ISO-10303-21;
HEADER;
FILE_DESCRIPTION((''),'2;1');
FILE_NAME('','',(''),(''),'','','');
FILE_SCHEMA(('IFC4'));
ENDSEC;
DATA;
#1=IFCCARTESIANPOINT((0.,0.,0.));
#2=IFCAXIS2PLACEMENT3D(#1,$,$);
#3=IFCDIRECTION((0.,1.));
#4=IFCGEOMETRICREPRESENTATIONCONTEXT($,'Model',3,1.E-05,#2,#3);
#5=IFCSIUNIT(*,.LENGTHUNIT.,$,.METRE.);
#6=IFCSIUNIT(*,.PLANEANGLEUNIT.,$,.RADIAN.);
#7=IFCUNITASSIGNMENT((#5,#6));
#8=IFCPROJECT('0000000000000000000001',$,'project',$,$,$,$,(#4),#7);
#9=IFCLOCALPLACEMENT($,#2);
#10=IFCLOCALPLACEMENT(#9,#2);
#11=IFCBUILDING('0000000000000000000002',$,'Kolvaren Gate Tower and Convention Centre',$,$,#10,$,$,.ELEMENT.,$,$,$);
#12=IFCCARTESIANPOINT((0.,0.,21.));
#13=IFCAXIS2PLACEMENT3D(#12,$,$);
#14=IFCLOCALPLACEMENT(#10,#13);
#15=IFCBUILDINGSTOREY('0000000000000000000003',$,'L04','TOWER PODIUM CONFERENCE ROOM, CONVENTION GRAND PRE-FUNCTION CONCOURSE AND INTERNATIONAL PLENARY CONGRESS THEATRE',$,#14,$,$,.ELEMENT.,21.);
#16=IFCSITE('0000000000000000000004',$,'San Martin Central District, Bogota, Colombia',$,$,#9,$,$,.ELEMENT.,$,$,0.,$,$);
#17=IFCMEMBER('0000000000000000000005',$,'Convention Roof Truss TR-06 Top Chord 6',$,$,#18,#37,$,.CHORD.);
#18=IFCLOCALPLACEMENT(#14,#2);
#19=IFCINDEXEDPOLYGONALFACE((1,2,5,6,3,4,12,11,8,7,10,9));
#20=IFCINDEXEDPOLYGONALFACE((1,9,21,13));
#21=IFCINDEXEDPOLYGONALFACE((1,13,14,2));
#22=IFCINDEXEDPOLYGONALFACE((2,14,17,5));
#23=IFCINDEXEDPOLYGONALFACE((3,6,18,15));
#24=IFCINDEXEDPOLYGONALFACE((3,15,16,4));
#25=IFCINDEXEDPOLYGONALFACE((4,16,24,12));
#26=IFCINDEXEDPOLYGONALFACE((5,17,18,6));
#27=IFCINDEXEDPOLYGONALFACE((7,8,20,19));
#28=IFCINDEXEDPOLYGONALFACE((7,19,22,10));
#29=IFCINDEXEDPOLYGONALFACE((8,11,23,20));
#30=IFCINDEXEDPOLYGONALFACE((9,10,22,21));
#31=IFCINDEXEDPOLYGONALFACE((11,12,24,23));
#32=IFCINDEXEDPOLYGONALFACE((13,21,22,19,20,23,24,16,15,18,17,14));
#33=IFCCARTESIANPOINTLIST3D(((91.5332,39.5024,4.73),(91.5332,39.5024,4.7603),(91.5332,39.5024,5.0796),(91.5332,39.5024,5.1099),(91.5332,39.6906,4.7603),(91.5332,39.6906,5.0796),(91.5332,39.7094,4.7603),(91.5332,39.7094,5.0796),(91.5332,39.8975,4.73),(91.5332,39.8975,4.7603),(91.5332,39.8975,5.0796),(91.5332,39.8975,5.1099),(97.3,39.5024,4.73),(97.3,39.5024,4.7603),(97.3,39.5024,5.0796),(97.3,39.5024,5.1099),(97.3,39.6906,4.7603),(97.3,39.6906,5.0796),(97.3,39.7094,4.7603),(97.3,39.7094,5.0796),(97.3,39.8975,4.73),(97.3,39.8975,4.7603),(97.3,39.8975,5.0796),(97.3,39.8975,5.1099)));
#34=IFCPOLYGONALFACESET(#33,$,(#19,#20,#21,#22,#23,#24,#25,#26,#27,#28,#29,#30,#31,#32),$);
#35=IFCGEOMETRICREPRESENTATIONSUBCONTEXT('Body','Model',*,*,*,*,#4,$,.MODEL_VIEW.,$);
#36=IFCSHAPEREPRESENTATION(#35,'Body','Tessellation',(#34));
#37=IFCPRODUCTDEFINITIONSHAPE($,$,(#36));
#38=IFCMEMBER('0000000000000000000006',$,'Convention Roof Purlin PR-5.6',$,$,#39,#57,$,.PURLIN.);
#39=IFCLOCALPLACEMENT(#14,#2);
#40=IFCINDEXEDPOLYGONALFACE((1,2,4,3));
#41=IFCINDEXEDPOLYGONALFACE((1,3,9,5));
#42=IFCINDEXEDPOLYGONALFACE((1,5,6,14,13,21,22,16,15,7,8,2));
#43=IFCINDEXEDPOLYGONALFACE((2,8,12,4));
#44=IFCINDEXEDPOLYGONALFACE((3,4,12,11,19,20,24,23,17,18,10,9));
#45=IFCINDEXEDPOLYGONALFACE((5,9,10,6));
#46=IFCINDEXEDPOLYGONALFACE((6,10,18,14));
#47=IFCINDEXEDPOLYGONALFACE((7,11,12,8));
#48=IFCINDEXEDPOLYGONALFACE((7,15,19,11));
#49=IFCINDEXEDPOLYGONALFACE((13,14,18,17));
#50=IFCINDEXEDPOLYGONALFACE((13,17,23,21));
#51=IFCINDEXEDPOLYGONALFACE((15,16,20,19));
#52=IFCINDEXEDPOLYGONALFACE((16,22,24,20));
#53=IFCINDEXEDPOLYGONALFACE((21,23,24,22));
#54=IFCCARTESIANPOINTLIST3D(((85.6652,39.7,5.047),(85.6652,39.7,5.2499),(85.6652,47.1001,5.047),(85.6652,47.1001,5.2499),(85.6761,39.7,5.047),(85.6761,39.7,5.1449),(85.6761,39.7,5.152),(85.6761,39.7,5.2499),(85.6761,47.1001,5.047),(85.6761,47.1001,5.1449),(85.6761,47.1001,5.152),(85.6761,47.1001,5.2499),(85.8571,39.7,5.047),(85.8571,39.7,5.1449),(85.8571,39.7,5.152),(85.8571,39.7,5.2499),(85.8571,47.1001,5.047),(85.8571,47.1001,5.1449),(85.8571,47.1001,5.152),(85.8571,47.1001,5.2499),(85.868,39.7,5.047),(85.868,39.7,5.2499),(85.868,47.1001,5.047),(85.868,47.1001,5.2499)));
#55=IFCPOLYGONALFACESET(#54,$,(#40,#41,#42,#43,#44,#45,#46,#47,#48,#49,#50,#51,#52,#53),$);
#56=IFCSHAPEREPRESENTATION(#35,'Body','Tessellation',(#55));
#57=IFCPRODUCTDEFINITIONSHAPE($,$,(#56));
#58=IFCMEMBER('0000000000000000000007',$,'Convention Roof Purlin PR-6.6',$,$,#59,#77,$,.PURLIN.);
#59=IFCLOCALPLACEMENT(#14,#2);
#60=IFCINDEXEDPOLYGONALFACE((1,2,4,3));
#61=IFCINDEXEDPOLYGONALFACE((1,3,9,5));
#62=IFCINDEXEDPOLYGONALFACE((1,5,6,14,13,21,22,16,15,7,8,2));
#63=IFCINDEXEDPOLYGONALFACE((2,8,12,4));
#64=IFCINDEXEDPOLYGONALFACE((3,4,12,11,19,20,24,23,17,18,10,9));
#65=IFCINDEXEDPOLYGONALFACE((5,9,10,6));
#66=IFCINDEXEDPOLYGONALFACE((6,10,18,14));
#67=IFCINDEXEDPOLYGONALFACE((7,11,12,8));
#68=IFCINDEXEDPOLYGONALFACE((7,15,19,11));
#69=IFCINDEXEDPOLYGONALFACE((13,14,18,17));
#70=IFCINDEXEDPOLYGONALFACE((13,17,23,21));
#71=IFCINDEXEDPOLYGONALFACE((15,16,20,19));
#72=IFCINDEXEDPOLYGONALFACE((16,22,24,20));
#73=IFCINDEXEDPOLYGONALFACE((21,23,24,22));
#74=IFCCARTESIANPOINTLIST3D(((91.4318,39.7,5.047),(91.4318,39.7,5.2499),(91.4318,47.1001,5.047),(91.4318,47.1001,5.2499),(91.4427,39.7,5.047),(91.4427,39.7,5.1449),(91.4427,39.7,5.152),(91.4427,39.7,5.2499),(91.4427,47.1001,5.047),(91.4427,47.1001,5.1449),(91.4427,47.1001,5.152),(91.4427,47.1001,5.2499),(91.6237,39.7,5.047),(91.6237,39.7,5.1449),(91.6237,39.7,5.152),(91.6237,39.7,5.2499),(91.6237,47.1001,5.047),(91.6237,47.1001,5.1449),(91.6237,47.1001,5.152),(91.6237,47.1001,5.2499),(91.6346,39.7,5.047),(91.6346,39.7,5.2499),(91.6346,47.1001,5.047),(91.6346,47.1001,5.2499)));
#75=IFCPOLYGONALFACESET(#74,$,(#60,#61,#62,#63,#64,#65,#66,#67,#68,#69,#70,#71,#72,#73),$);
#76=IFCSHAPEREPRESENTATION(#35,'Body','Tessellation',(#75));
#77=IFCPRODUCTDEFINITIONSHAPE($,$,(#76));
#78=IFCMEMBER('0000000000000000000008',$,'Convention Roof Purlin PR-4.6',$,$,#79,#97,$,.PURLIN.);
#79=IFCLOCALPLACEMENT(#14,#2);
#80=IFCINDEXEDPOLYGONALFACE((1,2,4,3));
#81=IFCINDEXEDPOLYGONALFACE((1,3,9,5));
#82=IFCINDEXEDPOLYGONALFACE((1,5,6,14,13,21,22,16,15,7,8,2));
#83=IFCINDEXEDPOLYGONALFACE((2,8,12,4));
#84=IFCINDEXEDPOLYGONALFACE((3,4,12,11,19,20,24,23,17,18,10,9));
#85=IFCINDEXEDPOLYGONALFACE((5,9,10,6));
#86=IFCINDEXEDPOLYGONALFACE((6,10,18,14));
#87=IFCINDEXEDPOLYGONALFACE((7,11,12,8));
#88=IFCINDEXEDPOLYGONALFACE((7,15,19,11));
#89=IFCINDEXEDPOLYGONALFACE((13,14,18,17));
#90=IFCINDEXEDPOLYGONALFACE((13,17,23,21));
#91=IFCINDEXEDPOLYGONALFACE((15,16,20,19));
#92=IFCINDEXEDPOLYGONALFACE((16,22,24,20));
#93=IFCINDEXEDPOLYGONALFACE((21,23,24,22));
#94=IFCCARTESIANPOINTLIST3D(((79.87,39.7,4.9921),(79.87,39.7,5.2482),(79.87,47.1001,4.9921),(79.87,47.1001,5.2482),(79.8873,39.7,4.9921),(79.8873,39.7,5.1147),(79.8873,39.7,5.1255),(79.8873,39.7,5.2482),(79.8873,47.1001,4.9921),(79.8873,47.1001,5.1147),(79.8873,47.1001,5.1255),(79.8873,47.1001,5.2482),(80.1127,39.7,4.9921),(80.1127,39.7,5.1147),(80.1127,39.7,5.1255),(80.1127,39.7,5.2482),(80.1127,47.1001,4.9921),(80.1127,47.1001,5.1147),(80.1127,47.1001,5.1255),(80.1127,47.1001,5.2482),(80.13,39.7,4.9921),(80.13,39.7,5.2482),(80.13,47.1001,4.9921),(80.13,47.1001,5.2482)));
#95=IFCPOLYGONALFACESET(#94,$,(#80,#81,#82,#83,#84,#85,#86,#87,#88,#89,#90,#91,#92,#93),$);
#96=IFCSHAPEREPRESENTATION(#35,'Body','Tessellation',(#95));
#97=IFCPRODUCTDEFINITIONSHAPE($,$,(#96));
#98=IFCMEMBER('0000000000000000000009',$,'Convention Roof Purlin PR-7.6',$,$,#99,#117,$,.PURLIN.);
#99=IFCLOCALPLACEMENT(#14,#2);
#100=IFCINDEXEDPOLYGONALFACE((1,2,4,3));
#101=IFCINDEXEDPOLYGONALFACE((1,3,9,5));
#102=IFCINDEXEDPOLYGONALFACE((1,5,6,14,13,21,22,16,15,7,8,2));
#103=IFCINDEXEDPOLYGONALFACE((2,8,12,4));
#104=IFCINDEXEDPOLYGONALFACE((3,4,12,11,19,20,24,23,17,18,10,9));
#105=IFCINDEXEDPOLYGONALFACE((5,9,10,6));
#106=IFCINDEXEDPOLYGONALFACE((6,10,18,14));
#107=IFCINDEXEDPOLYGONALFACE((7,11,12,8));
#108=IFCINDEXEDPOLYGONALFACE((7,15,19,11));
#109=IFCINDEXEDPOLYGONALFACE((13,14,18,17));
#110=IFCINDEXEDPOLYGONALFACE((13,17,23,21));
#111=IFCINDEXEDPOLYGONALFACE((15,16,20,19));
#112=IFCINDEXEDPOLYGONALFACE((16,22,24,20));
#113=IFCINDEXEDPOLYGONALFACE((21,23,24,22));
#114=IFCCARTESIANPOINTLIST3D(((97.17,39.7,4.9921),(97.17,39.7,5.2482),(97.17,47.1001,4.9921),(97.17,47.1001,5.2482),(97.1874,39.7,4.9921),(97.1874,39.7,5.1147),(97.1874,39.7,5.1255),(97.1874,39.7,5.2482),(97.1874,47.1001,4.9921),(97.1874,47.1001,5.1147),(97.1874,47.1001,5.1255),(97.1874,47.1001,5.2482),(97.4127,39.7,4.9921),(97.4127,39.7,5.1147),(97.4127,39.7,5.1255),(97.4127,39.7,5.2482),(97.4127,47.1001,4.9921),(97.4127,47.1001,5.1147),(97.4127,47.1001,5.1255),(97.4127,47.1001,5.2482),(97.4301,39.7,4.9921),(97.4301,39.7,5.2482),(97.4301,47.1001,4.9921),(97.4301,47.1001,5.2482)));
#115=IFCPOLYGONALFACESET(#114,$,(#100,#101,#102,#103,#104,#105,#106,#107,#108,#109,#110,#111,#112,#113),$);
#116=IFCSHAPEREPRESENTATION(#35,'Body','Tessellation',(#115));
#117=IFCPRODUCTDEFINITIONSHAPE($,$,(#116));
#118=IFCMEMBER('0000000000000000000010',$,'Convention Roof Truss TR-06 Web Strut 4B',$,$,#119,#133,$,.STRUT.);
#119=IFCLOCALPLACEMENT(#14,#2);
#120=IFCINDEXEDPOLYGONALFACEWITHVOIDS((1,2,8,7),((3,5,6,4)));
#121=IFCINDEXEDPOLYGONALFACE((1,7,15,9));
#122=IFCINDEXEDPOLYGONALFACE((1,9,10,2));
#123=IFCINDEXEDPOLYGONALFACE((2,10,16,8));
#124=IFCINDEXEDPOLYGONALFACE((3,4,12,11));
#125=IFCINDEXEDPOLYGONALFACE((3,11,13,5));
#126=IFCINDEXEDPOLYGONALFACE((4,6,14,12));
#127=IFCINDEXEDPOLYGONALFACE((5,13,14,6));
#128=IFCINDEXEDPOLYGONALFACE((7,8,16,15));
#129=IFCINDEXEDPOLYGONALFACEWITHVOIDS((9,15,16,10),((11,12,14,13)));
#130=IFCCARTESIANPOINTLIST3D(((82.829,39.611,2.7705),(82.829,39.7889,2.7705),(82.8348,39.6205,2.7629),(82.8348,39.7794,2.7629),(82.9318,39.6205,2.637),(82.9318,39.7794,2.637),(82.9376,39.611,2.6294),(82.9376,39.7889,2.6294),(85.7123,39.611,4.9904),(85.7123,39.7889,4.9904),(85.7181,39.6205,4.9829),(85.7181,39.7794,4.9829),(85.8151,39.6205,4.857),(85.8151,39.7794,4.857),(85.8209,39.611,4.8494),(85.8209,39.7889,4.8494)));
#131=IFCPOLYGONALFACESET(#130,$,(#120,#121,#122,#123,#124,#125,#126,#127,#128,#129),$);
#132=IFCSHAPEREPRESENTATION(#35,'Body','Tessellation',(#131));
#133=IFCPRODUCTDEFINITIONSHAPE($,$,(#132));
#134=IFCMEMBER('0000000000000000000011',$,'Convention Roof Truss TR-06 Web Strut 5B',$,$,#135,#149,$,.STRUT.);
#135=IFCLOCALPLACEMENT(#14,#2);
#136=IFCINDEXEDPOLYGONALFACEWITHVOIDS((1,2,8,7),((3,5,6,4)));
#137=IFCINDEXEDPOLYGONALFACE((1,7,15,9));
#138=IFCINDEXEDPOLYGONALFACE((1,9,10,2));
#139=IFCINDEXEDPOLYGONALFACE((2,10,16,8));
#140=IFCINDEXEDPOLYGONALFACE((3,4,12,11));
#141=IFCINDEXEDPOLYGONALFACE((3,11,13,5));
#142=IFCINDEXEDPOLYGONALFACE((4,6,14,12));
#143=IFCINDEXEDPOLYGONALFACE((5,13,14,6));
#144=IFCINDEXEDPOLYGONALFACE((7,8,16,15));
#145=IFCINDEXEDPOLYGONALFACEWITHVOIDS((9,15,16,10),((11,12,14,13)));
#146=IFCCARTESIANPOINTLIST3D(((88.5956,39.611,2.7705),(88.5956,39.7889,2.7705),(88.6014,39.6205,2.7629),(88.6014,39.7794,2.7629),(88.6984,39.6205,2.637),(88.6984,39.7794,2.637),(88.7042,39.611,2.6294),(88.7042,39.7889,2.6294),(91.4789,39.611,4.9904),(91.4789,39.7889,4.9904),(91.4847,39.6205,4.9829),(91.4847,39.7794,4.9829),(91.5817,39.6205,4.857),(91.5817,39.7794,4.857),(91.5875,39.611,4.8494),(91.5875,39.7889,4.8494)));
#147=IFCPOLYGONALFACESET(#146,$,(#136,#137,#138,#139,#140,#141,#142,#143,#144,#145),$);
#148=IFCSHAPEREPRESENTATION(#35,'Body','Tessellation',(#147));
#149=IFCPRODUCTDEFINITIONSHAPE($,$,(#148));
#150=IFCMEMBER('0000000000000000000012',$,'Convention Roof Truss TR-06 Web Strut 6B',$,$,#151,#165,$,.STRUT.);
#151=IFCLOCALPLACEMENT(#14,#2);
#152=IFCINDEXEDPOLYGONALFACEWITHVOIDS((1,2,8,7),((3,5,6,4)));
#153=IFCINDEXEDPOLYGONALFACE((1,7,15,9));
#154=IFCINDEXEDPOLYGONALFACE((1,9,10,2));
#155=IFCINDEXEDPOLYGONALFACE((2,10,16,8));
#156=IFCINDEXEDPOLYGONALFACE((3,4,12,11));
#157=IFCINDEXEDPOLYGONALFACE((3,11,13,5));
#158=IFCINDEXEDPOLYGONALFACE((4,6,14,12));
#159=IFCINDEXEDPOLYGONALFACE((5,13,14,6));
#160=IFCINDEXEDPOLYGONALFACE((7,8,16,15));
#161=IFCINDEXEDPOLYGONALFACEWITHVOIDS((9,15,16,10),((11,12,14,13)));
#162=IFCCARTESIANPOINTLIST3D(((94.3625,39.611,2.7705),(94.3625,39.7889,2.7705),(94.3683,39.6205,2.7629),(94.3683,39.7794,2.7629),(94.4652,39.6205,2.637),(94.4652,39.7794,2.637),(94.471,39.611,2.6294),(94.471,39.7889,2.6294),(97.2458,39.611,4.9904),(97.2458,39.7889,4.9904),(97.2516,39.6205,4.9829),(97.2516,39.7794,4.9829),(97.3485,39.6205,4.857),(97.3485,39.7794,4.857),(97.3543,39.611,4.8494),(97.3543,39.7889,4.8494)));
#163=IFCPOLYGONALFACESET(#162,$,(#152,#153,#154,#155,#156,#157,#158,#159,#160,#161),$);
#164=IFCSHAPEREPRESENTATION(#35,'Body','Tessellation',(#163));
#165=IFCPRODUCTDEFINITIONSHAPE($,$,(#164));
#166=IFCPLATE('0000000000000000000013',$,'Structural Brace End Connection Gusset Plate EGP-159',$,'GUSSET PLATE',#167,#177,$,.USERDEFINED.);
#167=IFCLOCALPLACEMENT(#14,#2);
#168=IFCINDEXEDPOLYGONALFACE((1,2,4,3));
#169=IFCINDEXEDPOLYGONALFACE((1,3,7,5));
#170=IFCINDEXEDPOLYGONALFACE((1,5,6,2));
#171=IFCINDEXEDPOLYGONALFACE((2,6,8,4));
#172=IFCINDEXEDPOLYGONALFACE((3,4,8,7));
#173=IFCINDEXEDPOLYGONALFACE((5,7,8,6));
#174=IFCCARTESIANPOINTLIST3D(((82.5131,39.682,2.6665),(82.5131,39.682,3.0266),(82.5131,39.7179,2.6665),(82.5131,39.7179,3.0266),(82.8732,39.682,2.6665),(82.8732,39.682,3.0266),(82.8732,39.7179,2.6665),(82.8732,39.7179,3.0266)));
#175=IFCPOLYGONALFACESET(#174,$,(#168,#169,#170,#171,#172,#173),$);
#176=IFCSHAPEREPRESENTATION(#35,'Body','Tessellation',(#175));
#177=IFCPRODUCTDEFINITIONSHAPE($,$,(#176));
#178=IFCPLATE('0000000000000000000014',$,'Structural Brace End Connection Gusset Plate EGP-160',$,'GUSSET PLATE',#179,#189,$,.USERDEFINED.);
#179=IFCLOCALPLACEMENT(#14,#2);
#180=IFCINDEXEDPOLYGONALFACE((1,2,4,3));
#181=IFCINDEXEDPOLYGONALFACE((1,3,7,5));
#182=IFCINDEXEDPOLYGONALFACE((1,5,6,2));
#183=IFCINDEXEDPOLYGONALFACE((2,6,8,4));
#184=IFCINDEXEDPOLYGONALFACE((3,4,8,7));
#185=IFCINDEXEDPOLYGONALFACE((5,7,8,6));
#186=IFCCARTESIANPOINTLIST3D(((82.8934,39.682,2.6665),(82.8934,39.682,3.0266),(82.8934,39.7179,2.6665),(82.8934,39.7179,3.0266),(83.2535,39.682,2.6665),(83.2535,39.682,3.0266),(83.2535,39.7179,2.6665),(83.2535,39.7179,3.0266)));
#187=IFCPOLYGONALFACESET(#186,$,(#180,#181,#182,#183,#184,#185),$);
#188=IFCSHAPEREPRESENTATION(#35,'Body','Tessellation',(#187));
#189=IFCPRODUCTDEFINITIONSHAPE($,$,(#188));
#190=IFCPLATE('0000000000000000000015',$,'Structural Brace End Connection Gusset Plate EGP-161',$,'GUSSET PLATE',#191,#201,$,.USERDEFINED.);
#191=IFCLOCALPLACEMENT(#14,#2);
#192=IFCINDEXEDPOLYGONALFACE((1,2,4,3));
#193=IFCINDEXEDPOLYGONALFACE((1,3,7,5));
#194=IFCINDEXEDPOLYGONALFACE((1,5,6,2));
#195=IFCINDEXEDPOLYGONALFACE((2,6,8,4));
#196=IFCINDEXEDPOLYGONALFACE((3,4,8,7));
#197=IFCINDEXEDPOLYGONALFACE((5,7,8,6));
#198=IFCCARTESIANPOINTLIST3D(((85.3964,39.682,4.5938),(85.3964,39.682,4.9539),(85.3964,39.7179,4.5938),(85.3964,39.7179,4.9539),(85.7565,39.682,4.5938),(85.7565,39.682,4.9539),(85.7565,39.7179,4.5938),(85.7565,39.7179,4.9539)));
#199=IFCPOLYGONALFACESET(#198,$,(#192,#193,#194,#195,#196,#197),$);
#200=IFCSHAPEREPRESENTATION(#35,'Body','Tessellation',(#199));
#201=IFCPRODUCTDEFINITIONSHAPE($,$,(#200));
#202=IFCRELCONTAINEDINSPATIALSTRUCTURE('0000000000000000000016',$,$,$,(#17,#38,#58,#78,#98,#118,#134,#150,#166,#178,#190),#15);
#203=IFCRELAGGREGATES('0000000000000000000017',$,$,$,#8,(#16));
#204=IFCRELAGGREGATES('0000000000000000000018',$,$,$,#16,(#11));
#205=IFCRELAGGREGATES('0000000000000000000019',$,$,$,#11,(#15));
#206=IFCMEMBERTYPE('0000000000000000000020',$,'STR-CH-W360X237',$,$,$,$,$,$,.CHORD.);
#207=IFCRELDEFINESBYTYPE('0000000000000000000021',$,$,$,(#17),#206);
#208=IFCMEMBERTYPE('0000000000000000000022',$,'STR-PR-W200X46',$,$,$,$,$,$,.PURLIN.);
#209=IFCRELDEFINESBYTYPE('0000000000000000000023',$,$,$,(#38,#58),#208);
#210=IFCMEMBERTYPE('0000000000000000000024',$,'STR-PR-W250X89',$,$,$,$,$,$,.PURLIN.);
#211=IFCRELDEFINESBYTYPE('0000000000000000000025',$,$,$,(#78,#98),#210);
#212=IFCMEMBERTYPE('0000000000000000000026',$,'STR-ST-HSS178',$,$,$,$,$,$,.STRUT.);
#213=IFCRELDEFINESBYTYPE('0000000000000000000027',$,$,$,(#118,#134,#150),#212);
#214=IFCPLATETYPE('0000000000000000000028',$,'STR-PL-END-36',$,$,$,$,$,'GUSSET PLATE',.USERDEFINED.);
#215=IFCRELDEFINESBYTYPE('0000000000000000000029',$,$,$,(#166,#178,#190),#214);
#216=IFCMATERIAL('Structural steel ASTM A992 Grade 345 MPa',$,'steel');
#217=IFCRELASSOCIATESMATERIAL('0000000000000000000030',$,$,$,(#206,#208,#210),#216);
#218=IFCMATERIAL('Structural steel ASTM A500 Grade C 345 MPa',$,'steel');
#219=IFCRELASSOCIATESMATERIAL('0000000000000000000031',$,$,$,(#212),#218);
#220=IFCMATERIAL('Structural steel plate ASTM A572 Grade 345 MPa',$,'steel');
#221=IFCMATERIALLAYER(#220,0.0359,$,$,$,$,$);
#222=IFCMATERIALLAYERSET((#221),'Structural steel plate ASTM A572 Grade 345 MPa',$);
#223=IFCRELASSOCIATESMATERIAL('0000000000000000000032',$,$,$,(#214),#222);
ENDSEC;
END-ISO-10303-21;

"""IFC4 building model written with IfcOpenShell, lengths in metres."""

from ifc_helpers import new_model, si_unit, direction, frame, origin, origin_2d, place, context, subcontext, project, spatial, rectangle, hollow_rectangle, i_section, extrude, material, layer, layer_set, material_profile, profile_set, type_object, element, save


model = new_model("IFC4")

# Units and contexts
model_context = context("Model", 3, precision=1e-05, world=origin(), true_north=direction((0.0, 1.0)))
body_context = subcontext(model_context, "Body", "Model", "MODEL_VIEW")
ifc_project = project(units=[si_unit("LENGTHUNIT", "METRE"), si_unit("PLANEANGLEUNIT", "RADIAN")], contexts=[model_context])

# Site, building, storey
site_placement = place(None, origin())
site = spatial("IfcSite", under=ifc_project, at=site_placement, Name="San Martin Central District, Bogota, Colombia", CompositionType="ELEMENT", RefElevation=0.0)
building_placement = place(site_placement, origin())
building = spatial("IfcBuilding", under=site, at=building_placement, Name="Kolvaren Gate Tower and Convention Centre", CompositionType="ELEMENT")
storey_placement = place(building_placement, frame((0.0, 0.0, 21.0)))
storey = spatial("IfcBuildingStorey", under=building, at=storey_placement, Name="L04", Description="TOWER PODIUM CONFERENCE ROOM, CONVENTION GRAND PRE-FUNCTION CONCOURSE AND INTERNATIONAL PLENARY CONGRESS THEATRE", CompositionType="ELEMENT", Elevation=21.0)

# Shared definitions
ifc_material_1 = material(Name="Structural steel ASTM A992 Grade 345 MPa", Category="steel")

# Members
ifc_material_2 = material(Name="Structural steel ASTM A500 Grade C 345 MPa", Category="steel")
ifc_material_profile_1 = material_profile(ifc_material_1, i_section(OverallWidth=0.395, OverallDepth=0.3799, WebThickness=0.0188, FlangeThickness=0.0303, at=origin_2d()), Name="W360X237")
ifc_profile_set_1 = profile_set([ifc_material_profile_1], Name="Structural steel ASTM A992 Grade 345 MPa")
member_type_1 = type_object("IfcMemberType", Name="STR-CH-W360X237", PredefinedType="CHORD", material=ifc_profile_set_1)
member_1_placement = place(storey_placement, frame((91.5332, 39.7, 4.9199), z_axis=(1.0, 0.0, 0.0), x_axis=(0.0, 1.0, 0.0)))
element("IfcMember", 1, at=member_1_placement, inside=storey, type_object=member_type_1, Name="Convention Roof Truss TR-06 Top Chord 6", PredefinedType="CHORD", context=body_context, shape_type="SweptSolid", body=[
    extrude(i_section(OverallWidth=0.395, OverallDepth=0.3799, WebThickness=0.0188, FlangeThickness=0.0303, at=origin_2d()), origin(), (0.0, 0.0, 1.0), 5.7668),
])
ifc_material_profile_2 = material_profile(ifc_material_1, i_section(OverallWidth=0.2029, OverallDepth=0.2029, WebThickness=0.0071, FlangeThickness=0.011, at=origin_2d()), Name="W200X46")
ifc_profile_set_2 = profile_set([ifc_material_profile_2], Name="Structural steel ASTM A992 Grade 345 MPa")
member_type_2 = type_object("IfcMemberType", Name="STR-PR-W200X46", PredefinedType="PURLIN", material=ifc_profile_set_2)
for number, where, z_axis, x_axis, name in (
    (2, (85.7666, 39.7, 5.1484), (0.0, 1.0, 0.0), (0.0, 0.0, 1.0), "Convention Roof Purlin PR-5.6"),
    (3, (91.5332, 39.7, 5.1484), (0.0, 1.0, 0.0), (0.0, 0.0, 1.0), "Convention Roof Purlin PR-6.6"),
):
    element("IfcMember", number, at=place(storey_placement, frame(where, z_axis=z_axis, x_axis=x_axis)), inside=storey, type_object=member_type_2, Name=name, PredefinedType="PURLIN", context=body_context, shape_type="SweptSolid", body=[
        extrude(i_section(OverallWidth=0.2029, OverallDepth=0.2029, WebThickness=0.0071, FlangeThickness=0.011, at=origin_2d()), origin(), (0.0, 0.0, 1.0), 7.4001),
    ])
ifc_material_profile_3 = material_profile(ifc_material_1, i_section(OverallWidth=0.2561, OverallDepth=0.26, WebThickness=0.0107, FlangeThickness=0.0173, at=origin_2d()), Name="W250X89")
ifc_profile_set_3 = profile_set([ifc_material_profile_3], Name="Structural steel ASTM A992 Grade 345 MPa")
member_type_3 = type_object("IfcMemberType", Name="STR-PR-W250X89", PredefinedType="PURLIN", material=ifc_profile_set_3)
for number, where, z_axis, x_axis, name in (
    (4, (80.0, 39.7, 5.1201), (0.0, 1.0, 0.0), (0.0, 0.0, 1.0), "Convention Roof Purlin PR-4.6"),
    (5, (97.3, 39.7, 5.1201), (0.0, 1.0, 0.0), (0.0, 0.0, 1.0), "Convention Roof Purlin PR-7.6"),
):
    element("IfcMember", number, at=place(storey_placement, frame(where, z_axis=z_axis, x_axis=x_axis)), inside=storey, type_object=member_type_3, Name=name, PredefinedType="PURLIN", context=body_context, shape_type="SweptSolid", body=[
        extrude(i_section(OverallWidth=0.2561, OverallDepth=0.26, WebThickness=0.0107, FlangeThickness=0.0173, at=origin_2d()), origin(), (0.0, 0.0, 1.0), 7.4001),
    ])
ifc_material_profile_4 = material_profile(ifc_material_2, hollow_rectangle(XDim=0.178, YDim=0.178, WallThickness=0.0095, at=origin_2d()), Name="HSS178X178X9.5")
ifc_profile_set_4 = profile_set([ifc_material_profile_4], Name="Structural steel ASTM A500 Grade C 345 MPa")
member_type_4 = type_object("IfcMemberType", Name="STR-ST-HSS178", PredefinedType="STRUT", material=ifc_profile_set_4)
for number, where, z_axis, x_axis, name in (
    (6, (82.8833, 39.7, 2.7), (0.792352, 0.0, 0.610064), (0.0, 1.0, 0.0), "Convention Roof Truss TR-06 Web Strut 4B"),
    (7, (88.6499, 39.7, 2.7), (0.792352, 0.0, 0.610064), (0.0, 1.0, 0.0), "Convention Roof Truss TR-06 Web Strut 5B"),
    (8, (94.4167, 39.7, 2.7), (0.792352, 0.0, 0.610064), (0.0, 1.0, 0.0), "Convention Roof Truss TR-06 Web Strut 6B"),
):
    element("IfcMember", number, at=place(storey_placement, frame(where, z_axis=z_axis, x_axis=x_axis)), inside=storey, type_object=member_type_4, Name=name, PredefinedType="STRUT", context=body_context, shape_type="SweptSolid", body=[
        extrude(hollow_rectangle(XDim=0.178, YDim=0.178, WallThickness=0.0095, at=origin_2d()), origin(), (0.0, 0.0, 1.0), 3.6389),
    ])

# Plates
ifc_material_3 = material(Name="Structural steel plate ASTM A572 Grade 345 MPa", Category="steel")
ifc_layer_1 = layer(ifc_material_3, 0.0359)
ifc_layer_set_1 = layer_set([ifc_layer_1], Name="Structural steel plate ASTM A572 Grade 345 MPa")
plate_type_1 = type_object("IfcPlateType", Name="STR-PL-END-36", ElementType="GUSSET PLATE", PredefinedType="USERDEFINED", material=ifc_layer_set_1)
for number, where, z_axis, x_axis, name in (
    (9, (82.6931, 39.7, 2.6665), (0.0, 0.0, 1.0), (1.0, 0.0, 0.0), "Structural Brace End Connection Gusset Plate EGP-159"),
    (10, (83.0735, 39.7, 2.6665), (0.0, 0.0, 1.0), (1.0, 0.0, 0.0), "Structural Brace End Connection Gusset Plate EGP-160"),
    (11, (85.5764, 39.7, 4.5938), (0.0, 0.0, 1.0), (1.0, 0.0, 0.0), "Structural Brace End Connection Gusset Plate EGP-161"),
):
    element("IfcPlate", number, at=place(storey_placement, frame(where, z_axis=z_axis, x_axis=x_axis)), inside=storey, type_object=plate_type_1, Name=name, ObjectType="GUSSET PLATE", PredefinedType="USERDEFINED", context=body_context, shape_type="SweptSolid", body=[
        extrude(rectangle(XDim=0.3601, YDim=0.0359, at=origin_2d()), origin(), (0.0, 0.0, 1.0), 0.3601),
    ])

save(model, "model.ifc")
